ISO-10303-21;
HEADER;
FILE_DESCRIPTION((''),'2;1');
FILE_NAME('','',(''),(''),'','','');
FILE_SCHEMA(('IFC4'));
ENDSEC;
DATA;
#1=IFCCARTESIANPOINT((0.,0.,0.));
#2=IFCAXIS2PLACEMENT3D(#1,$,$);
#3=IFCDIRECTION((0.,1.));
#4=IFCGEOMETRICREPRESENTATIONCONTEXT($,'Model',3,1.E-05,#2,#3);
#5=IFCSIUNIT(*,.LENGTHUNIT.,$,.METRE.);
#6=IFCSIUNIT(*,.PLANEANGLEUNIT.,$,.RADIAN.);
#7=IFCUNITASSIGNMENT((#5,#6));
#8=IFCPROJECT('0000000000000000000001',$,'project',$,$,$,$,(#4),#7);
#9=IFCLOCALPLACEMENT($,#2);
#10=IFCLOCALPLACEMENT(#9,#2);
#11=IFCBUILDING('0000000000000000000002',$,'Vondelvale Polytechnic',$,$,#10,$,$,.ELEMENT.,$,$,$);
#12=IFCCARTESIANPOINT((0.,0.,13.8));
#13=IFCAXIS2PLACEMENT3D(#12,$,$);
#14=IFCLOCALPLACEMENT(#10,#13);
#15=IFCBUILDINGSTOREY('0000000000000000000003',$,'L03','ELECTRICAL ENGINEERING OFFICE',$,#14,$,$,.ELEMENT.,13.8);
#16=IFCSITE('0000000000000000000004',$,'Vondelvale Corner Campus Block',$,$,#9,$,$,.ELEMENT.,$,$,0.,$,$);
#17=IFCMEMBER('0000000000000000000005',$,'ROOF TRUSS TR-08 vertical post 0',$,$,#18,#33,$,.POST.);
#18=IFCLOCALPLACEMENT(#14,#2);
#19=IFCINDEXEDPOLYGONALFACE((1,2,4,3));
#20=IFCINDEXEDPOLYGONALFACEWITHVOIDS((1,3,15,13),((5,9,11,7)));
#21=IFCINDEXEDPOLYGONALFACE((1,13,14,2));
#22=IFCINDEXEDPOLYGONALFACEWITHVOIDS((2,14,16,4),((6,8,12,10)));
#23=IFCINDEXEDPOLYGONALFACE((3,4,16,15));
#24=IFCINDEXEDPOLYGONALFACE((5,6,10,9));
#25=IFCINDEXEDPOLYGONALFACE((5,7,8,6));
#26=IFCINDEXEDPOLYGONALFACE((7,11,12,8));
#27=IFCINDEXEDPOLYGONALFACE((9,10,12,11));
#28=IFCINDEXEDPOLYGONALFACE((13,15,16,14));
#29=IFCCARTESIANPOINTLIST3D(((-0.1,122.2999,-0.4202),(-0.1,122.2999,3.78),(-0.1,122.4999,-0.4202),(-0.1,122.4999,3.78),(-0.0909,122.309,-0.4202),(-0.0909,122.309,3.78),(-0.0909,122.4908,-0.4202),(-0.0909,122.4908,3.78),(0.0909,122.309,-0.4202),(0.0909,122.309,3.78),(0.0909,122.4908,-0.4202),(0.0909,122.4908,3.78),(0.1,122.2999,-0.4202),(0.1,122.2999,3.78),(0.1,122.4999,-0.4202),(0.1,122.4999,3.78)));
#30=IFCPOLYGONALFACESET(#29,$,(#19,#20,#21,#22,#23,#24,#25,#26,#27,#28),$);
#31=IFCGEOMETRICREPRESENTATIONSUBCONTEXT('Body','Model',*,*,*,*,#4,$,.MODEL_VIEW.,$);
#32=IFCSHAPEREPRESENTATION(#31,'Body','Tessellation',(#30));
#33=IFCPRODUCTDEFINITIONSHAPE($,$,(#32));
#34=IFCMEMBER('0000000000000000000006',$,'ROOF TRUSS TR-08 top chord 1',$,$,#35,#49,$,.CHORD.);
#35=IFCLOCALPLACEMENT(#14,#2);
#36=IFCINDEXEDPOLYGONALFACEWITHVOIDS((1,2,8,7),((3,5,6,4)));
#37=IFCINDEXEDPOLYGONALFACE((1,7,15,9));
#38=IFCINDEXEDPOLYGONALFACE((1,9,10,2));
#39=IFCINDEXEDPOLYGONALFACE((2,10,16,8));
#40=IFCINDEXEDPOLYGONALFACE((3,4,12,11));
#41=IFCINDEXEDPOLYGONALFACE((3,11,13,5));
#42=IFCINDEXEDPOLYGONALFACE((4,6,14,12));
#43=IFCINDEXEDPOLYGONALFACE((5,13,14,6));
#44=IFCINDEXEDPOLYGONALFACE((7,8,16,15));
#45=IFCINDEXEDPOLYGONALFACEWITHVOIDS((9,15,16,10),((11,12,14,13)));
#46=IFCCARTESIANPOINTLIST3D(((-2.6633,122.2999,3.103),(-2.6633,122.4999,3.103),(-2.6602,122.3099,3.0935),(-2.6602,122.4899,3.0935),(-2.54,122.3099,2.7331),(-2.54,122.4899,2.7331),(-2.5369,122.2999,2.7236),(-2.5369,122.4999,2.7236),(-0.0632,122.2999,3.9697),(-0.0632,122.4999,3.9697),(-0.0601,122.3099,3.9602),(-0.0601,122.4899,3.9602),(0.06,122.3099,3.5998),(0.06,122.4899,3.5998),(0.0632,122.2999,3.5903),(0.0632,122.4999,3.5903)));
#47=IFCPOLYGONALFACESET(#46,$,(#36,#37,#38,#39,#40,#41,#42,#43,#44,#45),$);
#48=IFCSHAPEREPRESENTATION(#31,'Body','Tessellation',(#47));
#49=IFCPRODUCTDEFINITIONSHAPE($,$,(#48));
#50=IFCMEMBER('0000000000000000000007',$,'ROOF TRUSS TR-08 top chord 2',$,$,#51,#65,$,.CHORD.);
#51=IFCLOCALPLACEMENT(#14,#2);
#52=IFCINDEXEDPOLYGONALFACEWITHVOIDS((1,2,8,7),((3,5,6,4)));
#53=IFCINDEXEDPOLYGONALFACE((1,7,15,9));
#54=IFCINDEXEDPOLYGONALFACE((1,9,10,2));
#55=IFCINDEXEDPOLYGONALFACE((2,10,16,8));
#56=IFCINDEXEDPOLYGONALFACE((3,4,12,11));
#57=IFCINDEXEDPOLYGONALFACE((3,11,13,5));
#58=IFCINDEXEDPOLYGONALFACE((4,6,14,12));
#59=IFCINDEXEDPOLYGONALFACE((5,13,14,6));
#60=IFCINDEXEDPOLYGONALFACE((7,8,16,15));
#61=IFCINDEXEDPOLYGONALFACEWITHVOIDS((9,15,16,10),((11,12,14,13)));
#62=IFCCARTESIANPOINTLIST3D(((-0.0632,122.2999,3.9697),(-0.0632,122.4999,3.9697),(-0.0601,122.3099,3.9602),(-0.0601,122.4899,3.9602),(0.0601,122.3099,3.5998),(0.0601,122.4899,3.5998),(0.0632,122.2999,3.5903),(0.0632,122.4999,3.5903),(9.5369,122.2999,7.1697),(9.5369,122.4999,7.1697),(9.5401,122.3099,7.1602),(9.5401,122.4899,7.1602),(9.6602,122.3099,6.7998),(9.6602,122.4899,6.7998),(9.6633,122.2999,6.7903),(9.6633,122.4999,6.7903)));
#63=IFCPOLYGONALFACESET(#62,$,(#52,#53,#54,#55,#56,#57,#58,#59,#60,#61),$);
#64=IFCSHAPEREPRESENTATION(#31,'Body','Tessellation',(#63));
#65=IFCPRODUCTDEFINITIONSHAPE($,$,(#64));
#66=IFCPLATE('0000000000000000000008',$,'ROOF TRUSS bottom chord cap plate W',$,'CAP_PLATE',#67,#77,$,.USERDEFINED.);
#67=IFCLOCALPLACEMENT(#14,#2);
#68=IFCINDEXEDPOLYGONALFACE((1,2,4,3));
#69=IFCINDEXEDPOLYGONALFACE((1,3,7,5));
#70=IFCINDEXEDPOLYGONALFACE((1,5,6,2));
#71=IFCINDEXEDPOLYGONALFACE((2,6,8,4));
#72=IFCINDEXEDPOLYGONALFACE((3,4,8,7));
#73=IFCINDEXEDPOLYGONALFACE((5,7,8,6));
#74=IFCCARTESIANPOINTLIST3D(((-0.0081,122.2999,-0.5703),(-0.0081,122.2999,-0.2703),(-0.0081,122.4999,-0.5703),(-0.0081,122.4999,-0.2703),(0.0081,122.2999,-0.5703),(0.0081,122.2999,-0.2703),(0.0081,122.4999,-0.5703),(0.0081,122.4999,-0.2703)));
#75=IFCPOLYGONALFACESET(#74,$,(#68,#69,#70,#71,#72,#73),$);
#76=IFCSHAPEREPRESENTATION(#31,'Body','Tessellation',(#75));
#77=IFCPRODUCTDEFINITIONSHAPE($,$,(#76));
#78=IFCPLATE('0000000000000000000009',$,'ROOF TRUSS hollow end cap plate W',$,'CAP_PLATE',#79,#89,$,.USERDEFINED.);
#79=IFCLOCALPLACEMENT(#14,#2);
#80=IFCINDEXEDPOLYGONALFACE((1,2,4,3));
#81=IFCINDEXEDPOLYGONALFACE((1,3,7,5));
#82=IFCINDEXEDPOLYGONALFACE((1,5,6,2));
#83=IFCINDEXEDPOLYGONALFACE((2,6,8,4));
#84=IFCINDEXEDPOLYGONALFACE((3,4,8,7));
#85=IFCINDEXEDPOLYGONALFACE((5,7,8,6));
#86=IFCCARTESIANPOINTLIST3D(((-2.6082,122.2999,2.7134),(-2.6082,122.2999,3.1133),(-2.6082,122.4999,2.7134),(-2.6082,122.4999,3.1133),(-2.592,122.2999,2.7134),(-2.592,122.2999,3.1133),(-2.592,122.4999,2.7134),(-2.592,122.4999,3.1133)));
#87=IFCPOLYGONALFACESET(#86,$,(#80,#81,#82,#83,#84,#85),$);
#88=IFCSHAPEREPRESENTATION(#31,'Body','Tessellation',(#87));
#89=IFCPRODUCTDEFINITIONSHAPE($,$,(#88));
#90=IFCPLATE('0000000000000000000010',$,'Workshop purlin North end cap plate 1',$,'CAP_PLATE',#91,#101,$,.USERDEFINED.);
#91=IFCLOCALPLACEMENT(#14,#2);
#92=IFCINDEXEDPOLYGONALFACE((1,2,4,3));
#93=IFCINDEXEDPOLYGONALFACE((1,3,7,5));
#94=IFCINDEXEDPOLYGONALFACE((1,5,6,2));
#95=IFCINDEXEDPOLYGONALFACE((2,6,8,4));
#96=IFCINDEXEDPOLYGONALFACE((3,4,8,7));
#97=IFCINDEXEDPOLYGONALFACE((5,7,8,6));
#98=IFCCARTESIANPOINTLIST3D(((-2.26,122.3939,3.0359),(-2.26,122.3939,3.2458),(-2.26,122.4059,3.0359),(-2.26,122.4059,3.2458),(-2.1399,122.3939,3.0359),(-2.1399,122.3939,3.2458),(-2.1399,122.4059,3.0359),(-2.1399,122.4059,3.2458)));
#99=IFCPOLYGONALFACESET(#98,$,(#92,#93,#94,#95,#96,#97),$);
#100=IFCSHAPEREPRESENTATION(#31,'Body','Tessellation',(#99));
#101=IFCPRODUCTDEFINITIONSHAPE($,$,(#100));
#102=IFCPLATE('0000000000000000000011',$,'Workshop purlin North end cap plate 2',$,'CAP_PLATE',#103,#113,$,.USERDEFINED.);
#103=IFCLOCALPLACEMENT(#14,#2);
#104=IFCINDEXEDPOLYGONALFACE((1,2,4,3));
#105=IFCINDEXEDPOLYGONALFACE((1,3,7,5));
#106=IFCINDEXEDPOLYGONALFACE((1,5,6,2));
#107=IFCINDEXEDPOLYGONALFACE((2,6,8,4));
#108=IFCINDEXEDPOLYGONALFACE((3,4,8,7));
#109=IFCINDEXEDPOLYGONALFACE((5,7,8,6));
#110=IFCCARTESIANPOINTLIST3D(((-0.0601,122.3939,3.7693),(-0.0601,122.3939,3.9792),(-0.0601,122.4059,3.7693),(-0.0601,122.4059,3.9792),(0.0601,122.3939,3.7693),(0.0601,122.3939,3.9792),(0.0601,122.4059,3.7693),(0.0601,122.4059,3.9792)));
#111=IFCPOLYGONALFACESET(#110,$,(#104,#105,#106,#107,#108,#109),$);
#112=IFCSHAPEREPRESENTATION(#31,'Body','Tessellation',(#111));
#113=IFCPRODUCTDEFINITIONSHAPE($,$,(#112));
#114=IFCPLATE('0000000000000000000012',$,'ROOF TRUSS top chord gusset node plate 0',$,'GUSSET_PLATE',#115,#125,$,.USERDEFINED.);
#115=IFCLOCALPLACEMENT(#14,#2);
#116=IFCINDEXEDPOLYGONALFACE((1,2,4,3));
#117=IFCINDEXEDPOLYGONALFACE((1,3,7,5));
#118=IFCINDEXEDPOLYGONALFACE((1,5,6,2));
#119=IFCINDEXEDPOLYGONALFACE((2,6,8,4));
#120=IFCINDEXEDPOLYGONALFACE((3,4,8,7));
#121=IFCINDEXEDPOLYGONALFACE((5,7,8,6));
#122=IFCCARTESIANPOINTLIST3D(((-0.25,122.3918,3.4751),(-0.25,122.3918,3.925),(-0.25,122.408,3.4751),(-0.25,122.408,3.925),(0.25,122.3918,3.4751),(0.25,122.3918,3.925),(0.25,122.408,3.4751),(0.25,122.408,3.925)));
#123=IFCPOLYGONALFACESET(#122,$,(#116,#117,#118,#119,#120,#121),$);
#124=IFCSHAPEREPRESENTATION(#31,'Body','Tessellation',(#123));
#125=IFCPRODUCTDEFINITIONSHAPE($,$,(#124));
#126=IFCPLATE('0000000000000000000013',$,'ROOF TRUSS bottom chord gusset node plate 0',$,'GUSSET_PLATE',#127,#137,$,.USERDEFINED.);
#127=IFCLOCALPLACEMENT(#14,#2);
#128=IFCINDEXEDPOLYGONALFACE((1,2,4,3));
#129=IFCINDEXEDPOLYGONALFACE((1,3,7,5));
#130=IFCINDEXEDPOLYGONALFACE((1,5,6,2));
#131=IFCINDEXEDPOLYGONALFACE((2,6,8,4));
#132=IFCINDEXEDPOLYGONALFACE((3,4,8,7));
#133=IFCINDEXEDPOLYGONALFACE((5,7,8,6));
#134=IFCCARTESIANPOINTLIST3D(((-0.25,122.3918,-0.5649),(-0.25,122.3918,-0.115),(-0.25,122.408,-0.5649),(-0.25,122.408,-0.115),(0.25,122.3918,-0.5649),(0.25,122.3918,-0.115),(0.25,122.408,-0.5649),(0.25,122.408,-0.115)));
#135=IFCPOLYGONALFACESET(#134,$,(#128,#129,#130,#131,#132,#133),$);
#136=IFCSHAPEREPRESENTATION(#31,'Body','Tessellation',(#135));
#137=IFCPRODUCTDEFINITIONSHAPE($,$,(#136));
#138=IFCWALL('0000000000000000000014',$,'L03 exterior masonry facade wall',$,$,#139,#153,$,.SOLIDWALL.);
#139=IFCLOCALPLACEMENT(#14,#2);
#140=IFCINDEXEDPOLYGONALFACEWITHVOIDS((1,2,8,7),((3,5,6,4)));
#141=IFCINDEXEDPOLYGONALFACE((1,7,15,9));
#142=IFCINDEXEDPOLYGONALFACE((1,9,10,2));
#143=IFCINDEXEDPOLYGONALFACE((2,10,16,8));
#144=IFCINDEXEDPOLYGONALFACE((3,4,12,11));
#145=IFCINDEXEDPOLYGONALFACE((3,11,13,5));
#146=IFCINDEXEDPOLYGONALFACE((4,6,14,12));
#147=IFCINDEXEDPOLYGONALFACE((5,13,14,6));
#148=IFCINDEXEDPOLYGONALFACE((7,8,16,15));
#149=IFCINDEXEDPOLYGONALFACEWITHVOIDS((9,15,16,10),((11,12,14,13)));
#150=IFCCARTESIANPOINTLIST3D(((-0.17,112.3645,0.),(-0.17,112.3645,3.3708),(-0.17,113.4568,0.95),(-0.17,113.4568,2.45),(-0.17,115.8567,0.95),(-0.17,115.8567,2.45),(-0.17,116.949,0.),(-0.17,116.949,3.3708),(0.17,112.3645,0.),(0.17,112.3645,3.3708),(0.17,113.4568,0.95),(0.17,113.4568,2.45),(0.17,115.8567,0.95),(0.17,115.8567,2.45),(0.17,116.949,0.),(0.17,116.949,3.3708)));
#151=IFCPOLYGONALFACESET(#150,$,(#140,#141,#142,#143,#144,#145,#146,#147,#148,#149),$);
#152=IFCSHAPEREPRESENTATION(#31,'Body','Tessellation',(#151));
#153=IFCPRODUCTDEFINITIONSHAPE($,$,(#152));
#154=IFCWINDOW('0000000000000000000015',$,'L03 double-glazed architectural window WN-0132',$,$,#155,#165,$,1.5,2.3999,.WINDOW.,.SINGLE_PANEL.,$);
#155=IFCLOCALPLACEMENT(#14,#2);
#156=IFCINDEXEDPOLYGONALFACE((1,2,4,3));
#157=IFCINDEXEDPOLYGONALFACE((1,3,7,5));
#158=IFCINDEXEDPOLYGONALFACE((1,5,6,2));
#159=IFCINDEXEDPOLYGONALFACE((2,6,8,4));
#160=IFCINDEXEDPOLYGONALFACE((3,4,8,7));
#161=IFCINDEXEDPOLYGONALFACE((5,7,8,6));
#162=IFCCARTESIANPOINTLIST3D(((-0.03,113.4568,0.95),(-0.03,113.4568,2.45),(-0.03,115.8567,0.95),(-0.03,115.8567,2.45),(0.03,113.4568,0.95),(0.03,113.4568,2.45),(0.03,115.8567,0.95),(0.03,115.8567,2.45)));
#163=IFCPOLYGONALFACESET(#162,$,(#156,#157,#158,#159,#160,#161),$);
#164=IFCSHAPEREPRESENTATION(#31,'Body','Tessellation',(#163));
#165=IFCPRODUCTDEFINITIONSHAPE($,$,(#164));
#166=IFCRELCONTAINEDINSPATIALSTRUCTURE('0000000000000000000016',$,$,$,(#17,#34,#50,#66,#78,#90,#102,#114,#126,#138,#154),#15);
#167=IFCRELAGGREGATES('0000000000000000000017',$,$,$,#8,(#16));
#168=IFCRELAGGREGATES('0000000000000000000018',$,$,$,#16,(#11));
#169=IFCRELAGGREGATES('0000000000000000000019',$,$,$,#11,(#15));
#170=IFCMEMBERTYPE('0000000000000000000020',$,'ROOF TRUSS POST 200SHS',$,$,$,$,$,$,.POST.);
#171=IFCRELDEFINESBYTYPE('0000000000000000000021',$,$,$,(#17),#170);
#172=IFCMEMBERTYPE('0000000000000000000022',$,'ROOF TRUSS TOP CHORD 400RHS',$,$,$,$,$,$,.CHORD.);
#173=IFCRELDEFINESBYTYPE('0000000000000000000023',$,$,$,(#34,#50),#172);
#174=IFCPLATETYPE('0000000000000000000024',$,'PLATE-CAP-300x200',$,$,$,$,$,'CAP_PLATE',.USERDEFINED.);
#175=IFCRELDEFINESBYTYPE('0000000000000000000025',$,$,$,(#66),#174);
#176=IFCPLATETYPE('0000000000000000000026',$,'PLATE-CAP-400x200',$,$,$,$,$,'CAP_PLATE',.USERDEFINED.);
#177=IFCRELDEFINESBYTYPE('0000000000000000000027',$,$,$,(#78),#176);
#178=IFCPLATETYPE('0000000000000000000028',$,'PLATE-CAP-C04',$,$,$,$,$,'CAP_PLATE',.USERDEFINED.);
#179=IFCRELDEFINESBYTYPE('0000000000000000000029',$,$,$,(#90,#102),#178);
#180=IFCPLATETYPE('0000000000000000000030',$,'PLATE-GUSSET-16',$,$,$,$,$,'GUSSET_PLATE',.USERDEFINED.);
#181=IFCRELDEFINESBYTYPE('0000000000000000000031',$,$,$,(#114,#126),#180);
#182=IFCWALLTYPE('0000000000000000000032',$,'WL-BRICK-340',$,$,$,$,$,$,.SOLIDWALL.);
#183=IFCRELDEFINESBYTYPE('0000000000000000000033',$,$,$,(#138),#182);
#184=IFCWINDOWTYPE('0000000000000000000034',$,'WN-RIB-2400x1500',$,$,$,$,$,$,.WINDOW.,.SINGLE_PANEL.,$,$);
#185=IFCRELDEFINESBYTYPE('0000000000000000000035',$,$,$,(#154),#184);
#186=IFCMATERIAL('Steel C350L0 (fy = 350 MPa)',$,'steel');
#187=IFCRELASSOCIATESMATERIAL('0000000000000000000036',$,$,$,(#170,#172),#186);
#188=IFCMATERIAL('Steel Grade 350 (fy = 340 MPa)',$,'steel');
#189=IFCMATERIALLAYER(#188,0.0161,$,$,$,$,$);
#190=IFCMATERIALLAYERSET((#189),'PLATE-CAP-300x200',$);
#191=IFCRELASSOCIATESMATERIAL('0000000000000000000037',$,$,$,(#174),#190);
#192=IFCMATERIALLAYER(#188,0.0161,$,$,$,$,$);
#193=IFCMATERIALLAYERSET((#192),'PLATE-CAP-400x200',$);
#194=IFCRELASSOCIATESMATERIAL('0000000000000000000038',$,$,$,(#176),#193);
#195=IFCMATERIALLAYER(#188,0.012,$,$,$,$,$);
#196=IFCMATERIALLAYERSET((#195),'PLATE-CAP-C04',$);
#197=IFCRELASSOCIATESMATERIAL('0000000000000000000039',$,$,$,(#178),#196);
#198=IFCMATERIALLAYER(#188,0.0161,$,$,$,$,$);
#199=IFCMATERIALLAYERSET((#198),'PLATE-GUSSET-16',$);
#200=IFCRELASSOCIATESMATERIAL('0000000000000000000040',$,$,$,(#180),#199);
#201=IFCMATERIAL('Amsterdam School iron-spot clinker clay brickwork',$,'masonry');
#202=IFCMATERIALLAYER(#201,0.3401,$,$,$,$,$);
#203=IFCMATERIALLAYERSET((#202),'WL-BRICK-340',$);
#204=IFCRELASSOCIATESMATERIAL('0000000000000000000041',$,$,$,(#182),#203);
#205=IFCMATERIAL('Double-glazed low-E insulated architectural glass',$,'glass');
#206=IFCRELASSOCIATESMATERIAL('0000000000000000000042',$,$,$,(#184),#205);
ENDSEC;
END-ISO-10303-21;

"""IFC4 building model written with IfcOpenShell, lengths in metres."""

from ifc_helpers import new_model, si_unit, direction, frame, frame_2d, origin, origin_2d, place, context, subcontext, project, spatial, rectangle, hollow_rectangle, extrude, material, layer, layer_set, material_profile, profile_set, type_object, element, fill, save


model = new_model("IFC4")

# Units and contexts
model_context = context("Model", 3, precision=1e-05, world=origin(), true_north=direction((0.0, 1.0)))
body_context = subcontext(model_context, "Body", "Model", "MODEL_VIEW")
ifc_project = project(units=[si_unit("LENGTHUNIT", "METRE"), si_unit("PLANEANGLEUNIT", "RADIAN")], contexts=[model_context])

# Site, building, storey
site_placement = place(None, origin())
site = spatial("IfcSite", under=ifc_project, at=site_placement, Name="Vondelvale Corner Campus Block", CompositionType="ELEMENT", RefElevation=0.0)
building_placement = place(site_placement, origin())
building = spatial("IfcBuilding", under=site, at=building_placement, Name="Vondelvale Polytechnic", CompositionType="ELEMENT")
storey_placement = place(building_placement, frame((0.0, 0.0, 13.8)))
storey = spatial("IfcBuildingStorey", under=building, at=storey_placement, Name="L03", Description="ELECTRICAL ENGINEERING OFFICE", CompositionType="ELEMENT", Elevation=13.8)

# Members
ifc_material_1 = material(Name="Steel C350L0 (fy = 350 MPa)", Category="steel")
ifc_material_profile_1 = material_profile(ifc_material_1, hollow_rectangle(XDim=0.2, YDim=0.2, WallThickness=0.009, at=origin_2d()), Name="200x200x9.0SHS")
ifc_profile_set_1 = profile_set([ifc_material_profile_1], Name="Steel C350L0 (fy = 350 MPa)")
member_type_1 = type_object("IfcMemberType", Name="ROOF TRUSS POST 200SHS", PredefinedType="POST", material=ifc_profile_set_1)
member_1_placement = place(storey_placement, frame((0.0, 122.3999, -0.4202), z_axis=(0.0, 0.0, 1.0), x_axis=(1.0, 0.0, 0.0)))
element("IfcMember", 1, at=member_1_placement, inside=storey, type_object=member_type_1, Name="ROOF TRUSS TR-08 vertical post 0", PredefinedType="POST", context=body_context, shape_type="SweptSolid", body=[
    extrude(hollow_rectangle(XDim=0.2, YDim=0.2, WallThickness=0.009, at=origin_2d()), origin(), (0.0, 0.0, 1.0), 4.2002),
])
ifc_material_profile_2 = material_profile(ifc_material_1, hollow_rectangle(XDim=0.2, YDim=0.3999, WallThickness=0.01, at=origin_2d()), Name="400x200x10.0RHS")
ifc_profile_set_2 = profile_set([ifc_material_profile_2], Name="Steel C350L0 (fy = 350 MPa)")
member_type_2 = type_object("IfcMemberType", Name="ROOF TRUSS TOP CHORD 400RHS", PredefinedType="CHORD", material=ifc_profile_set_2)
member_2_placement = place(storey_placement, frame((-2.6001, 122.3999, 2.9133), z_axis=(0.948683, 0.0, 0.316228), x_axis=(0.0, 1.0, 0.0)))
element("IfcMember", 2, at=member_2_placement, inside=storey, type_object=member_type_2, Name="ROOF TRUSS TR-08 top chord 1", PredefinedType="CHORD", context=body_context, shape_type="SweptSolid", body=[
    extrude(hollow_rectangle(XDim=0.2, YDim=0.3999, WallThickness=0.01, at=origin_2d()), origin(), (0.0, 0.0, 1.0), 2.7407),
])
member_3_placement = place(storey_placement, frame((0.0, 122.3999, 3.78), z_axis=(0.948686, 0.0, 0.316221), x_axis=(0.0, 1.0, 0.0)))
element("IfcMember", 3, at=member_3_placement, inside=storey, type_object=member_type_2, Name="ROOF TRUSS TR-08 top chord 2", PredefinedType="CHORD", context=body_context, shape_type="SweptSolid", body=[
    extrude(hollow_rectangle(XDim=0.2, YDim=0.3999, WallThickness=0.01, at=origin_2d()), origin(), (0.0, 0.0, 1.0), 10.1194),
])

# Plates
ifc_material_2 = material(Name="Steel Grade 350 (fy = 340 MPa)", Category="steel")
ifc_layer_1 = layer(ifc_material_2, 0.0161)
ifc_layer_set_1 = layer_set([ifc_layer_1], Name="PLATE-CAP-300x200")
plate_type_1 = type_object("IfcPlateType", Name="PLATE-CAP-300x200", ElementType="CAP_PLATE", PredefinedType="USERDEFINED", material=ifc_layer_set_1)
plate_1_placement = place(storey_placement, frame((0.0, 122.3999, -0.5703), z_axis=(0.0, 0.0, 1.0), x_axis=(1.0, 0.0, 0.0)))
element("IfcPlate", 4, at=plate_1_placement, inside=storey, type_object=plate_type_1, Name="ROOF TRUSS bottom chord cap plate W", ObjectType="CAP_PLATE", PredefinedType="USERDEFINED", context=body_context, shape_type="SweptSolid", body=[
    extrude(rectangle(XDim=0.0161, YDim=0.2, at=origin_2d()), origin(), (0.0, 0.0, 1.0), 0.3),
])
ifc_layer_2 = layer(ifc_material_2, 0.0161)
ifc_layer_set_2 = layer_set([ifc_layer_2], Name="PLATE-CAP-400x200")
plate_type_2 = type_object("IfcPlateType", Name="PLATE-CAP-400x200", ElementType="CAP_PLATE", PredefinedType="USERDEFINED", material=ifc_layer_set_2)
plate_2_placement = place(storey_placement, frame((-2.6001, 122.3999, 2.7134), z_axis=(0.0, 0.0, 1.0), x_axis=(1.0, 0.0, 0.0)))
element("IfcPlate", 5, at=plate_2_placement, inside=storey, type_object=plate_type_2, Name="ROOF TRUSS hollow end cap plate W", ObjectType="CAP_PLATE", PredefinedType="USERDEFINED", context=body_context, shape_type="SweptSolid", body=[
    extrude(rectangle(XDim=0.0161, YDim=0.2, at=origin_2d()), origin(), (0.0, 0.0, 1.0), 0.3999),
])
ifc_layer_3 = layer(ifc_material_2, 0.012)
ifc_layer_set_3 = layer_set([ifc_layer_3], Name="PLATE-CAP-C04")
plate_type_3 = type_object("IfcPlateType", Name="PLATE-CAP-C04", ElementType="CAP_PLATE", PredefinedType="USERDEFINED", material=ifc_layer_set_3)
for number, where, z_axis, x_axis, name in (
    (6, (-2.2, 122.3999, 3.0359), (0.0, 0.0, 1.0), (1.0, 0.0, 0.0), "Workshop purlin North end cap plate 1"),
    (7, (0.0, 122.3999, 3.7693), (0.0, 0.0, 1.0), (1.0, 0.0, 0.0), "Workshop purlin North end cap plate 2"),
):
    element("IfcPlate", number, at=place(storey_placement, frame(where, z_axis=z_axis, x_axis=x_axis)), inside=storey, type_object=plate_type_3, Name=name, ObjectType="CAP_PLATE", PredefinedType="USERDEFINED", context=body_context, shape_type="SweptSolid", body=[
        extrude(rectangle(XDim=0.1201, YDim=0.012, at=origin_2d()), origin(), (0.0, 0.0, 1.0), 0.21),
    ])
ifc_layer_4 = layer(ifc_material_2, 0.0161)
ifc_layer_set_4 = layer_set([ifc_layer_4], Name="PLATE-GUSSET-16")
plate_type_4 = type_object("IfcPlateType", Name="PLATE-GUSSET-16", ElementType="GUSSET_PLATE", PredefinedType="USERDEFINED", material=ifc_layer_set_4)
for number, where, z_axis, x_axis, name in (
    (8, (0.0, 122.3999, 3.4751), (0.0, 0.0, 1.0), (1.0, 0.0, 0.0), "ROOF TRUSS top chord gusset node plate 0"),
    (9, (0.0, 122.3999, -0.5649), (0.0, 0.0, 1.0), (1.0, 0.0, 0.0), "ROOF TRUSS bottom chord gusset node plate 0"),
):
    element("IfcPlate", number, at=place(storey_placement, frame(where, z_axis=z_axis, x_axis=x_axis)), inside=storey, type_object=plate_type_4, Name=name, ObjectType="GUSSET_PLATE", PredefinedType="USERDEFINED", context=body_context, shape_type="SweptSolid", body=[
        extrude(rectangle(XDim=0.5, YDim=0.0161, at=origin_2d()), origin(), (0.0, 0.0, 1.0), 0.45),
    ])

# Wall, opening, window
ifc_material_3 = material(Name="Amsterdam School iron-spot clinker clay brickwork", Category="masonry")
ifc_layer_5 = layer(ifc_material_3, 0.3401)
ifc_layer_set_5 = layer_set([ifc_layer_5], Name="WL-BRICK-340")
wall_type_1 = type_object("IfcWallType", Name="WL-BRICK-340", PredefinedType="SOLIDWALL", material=ifc_layer_set_5)
wall_1_placement = place(storey_placement, frame((0.0, 112.3645, 0.0), z_axis=(0.0, 0.0, 1.0), x_axis=(0.0, 1.0, 0.0)))
wall_1 = element("IfcWall", 10, at=wall_1_placement, inside=storey, type_object=wall_type_1, Name="L03 exterior masonry facade wall", PredefinedType="SOLIDWALL", context=body_context, shape_type="SweptSolid", body=[
    extrude(rectangle(XDim=4.5845, YDim=0.3401, at=frame_2d((2.2922, 0.0))), origin(), (0.0, 0.0, 1.0), 3.3708),
])
opening_1_placement = place(wall_1_placement, frame((1.0923, 0.0, 0.95)))
opening_1 = element("IfcOpeningElement", 11, at=opening_1_placement, cuts=wall_1, PredefinedType="OPENING", context=body_context, shape_type="SweptSolid", body=[
    extrude(rectangle(XDim=2.3999, YDim=1.5, at=frame_2d((1.2, 0.75))), frame((0.0, 0.1799, 0.0), z_axis=(0.0, -1.0, 0.0), x_axis=(1.0, 0.0, 0.0)), (0.0, 0.0, 1.0), 0.3601),
])
ifc_material_4 = material(Name="Double-glazed low-E insulated architectural glass", Category="glass")
window_type = type_object("IfcWindowType", Name="WN-RIB-2400x1500", PartitioningType="SINGLE_PANEL", PredefinedType="WINDOW", material=ifc_material_4)
window_1_placement = place(opening_1_placement, origin())
window_1 = element("IfcWindow", 12, at=window_1_placement, inside=storey, type_object=window_type, Name="L03 double-glazed architectural window WN-0132", OverallHeight=1.5, OverallWidth=2.3999, PartitioningType="SINGLE_PANEL", PredefinedType="WINDOW", context=body_context, shape_type="SweptSolid", body=[
    extrude(rectangle(XDim=2.3999, YDim=1.5, at=frame_2d((1.2, 0.75))), frame((0.0, 0.03, 0.0), z_axis=(0.0, -1.0, 0.0), x_axis=(1.0, 0.0, 0.0)), (0.0, 0.0, 1.0), 0.0601),
])
fill(opening_1, window_1)

save(model, "model.ifc")
